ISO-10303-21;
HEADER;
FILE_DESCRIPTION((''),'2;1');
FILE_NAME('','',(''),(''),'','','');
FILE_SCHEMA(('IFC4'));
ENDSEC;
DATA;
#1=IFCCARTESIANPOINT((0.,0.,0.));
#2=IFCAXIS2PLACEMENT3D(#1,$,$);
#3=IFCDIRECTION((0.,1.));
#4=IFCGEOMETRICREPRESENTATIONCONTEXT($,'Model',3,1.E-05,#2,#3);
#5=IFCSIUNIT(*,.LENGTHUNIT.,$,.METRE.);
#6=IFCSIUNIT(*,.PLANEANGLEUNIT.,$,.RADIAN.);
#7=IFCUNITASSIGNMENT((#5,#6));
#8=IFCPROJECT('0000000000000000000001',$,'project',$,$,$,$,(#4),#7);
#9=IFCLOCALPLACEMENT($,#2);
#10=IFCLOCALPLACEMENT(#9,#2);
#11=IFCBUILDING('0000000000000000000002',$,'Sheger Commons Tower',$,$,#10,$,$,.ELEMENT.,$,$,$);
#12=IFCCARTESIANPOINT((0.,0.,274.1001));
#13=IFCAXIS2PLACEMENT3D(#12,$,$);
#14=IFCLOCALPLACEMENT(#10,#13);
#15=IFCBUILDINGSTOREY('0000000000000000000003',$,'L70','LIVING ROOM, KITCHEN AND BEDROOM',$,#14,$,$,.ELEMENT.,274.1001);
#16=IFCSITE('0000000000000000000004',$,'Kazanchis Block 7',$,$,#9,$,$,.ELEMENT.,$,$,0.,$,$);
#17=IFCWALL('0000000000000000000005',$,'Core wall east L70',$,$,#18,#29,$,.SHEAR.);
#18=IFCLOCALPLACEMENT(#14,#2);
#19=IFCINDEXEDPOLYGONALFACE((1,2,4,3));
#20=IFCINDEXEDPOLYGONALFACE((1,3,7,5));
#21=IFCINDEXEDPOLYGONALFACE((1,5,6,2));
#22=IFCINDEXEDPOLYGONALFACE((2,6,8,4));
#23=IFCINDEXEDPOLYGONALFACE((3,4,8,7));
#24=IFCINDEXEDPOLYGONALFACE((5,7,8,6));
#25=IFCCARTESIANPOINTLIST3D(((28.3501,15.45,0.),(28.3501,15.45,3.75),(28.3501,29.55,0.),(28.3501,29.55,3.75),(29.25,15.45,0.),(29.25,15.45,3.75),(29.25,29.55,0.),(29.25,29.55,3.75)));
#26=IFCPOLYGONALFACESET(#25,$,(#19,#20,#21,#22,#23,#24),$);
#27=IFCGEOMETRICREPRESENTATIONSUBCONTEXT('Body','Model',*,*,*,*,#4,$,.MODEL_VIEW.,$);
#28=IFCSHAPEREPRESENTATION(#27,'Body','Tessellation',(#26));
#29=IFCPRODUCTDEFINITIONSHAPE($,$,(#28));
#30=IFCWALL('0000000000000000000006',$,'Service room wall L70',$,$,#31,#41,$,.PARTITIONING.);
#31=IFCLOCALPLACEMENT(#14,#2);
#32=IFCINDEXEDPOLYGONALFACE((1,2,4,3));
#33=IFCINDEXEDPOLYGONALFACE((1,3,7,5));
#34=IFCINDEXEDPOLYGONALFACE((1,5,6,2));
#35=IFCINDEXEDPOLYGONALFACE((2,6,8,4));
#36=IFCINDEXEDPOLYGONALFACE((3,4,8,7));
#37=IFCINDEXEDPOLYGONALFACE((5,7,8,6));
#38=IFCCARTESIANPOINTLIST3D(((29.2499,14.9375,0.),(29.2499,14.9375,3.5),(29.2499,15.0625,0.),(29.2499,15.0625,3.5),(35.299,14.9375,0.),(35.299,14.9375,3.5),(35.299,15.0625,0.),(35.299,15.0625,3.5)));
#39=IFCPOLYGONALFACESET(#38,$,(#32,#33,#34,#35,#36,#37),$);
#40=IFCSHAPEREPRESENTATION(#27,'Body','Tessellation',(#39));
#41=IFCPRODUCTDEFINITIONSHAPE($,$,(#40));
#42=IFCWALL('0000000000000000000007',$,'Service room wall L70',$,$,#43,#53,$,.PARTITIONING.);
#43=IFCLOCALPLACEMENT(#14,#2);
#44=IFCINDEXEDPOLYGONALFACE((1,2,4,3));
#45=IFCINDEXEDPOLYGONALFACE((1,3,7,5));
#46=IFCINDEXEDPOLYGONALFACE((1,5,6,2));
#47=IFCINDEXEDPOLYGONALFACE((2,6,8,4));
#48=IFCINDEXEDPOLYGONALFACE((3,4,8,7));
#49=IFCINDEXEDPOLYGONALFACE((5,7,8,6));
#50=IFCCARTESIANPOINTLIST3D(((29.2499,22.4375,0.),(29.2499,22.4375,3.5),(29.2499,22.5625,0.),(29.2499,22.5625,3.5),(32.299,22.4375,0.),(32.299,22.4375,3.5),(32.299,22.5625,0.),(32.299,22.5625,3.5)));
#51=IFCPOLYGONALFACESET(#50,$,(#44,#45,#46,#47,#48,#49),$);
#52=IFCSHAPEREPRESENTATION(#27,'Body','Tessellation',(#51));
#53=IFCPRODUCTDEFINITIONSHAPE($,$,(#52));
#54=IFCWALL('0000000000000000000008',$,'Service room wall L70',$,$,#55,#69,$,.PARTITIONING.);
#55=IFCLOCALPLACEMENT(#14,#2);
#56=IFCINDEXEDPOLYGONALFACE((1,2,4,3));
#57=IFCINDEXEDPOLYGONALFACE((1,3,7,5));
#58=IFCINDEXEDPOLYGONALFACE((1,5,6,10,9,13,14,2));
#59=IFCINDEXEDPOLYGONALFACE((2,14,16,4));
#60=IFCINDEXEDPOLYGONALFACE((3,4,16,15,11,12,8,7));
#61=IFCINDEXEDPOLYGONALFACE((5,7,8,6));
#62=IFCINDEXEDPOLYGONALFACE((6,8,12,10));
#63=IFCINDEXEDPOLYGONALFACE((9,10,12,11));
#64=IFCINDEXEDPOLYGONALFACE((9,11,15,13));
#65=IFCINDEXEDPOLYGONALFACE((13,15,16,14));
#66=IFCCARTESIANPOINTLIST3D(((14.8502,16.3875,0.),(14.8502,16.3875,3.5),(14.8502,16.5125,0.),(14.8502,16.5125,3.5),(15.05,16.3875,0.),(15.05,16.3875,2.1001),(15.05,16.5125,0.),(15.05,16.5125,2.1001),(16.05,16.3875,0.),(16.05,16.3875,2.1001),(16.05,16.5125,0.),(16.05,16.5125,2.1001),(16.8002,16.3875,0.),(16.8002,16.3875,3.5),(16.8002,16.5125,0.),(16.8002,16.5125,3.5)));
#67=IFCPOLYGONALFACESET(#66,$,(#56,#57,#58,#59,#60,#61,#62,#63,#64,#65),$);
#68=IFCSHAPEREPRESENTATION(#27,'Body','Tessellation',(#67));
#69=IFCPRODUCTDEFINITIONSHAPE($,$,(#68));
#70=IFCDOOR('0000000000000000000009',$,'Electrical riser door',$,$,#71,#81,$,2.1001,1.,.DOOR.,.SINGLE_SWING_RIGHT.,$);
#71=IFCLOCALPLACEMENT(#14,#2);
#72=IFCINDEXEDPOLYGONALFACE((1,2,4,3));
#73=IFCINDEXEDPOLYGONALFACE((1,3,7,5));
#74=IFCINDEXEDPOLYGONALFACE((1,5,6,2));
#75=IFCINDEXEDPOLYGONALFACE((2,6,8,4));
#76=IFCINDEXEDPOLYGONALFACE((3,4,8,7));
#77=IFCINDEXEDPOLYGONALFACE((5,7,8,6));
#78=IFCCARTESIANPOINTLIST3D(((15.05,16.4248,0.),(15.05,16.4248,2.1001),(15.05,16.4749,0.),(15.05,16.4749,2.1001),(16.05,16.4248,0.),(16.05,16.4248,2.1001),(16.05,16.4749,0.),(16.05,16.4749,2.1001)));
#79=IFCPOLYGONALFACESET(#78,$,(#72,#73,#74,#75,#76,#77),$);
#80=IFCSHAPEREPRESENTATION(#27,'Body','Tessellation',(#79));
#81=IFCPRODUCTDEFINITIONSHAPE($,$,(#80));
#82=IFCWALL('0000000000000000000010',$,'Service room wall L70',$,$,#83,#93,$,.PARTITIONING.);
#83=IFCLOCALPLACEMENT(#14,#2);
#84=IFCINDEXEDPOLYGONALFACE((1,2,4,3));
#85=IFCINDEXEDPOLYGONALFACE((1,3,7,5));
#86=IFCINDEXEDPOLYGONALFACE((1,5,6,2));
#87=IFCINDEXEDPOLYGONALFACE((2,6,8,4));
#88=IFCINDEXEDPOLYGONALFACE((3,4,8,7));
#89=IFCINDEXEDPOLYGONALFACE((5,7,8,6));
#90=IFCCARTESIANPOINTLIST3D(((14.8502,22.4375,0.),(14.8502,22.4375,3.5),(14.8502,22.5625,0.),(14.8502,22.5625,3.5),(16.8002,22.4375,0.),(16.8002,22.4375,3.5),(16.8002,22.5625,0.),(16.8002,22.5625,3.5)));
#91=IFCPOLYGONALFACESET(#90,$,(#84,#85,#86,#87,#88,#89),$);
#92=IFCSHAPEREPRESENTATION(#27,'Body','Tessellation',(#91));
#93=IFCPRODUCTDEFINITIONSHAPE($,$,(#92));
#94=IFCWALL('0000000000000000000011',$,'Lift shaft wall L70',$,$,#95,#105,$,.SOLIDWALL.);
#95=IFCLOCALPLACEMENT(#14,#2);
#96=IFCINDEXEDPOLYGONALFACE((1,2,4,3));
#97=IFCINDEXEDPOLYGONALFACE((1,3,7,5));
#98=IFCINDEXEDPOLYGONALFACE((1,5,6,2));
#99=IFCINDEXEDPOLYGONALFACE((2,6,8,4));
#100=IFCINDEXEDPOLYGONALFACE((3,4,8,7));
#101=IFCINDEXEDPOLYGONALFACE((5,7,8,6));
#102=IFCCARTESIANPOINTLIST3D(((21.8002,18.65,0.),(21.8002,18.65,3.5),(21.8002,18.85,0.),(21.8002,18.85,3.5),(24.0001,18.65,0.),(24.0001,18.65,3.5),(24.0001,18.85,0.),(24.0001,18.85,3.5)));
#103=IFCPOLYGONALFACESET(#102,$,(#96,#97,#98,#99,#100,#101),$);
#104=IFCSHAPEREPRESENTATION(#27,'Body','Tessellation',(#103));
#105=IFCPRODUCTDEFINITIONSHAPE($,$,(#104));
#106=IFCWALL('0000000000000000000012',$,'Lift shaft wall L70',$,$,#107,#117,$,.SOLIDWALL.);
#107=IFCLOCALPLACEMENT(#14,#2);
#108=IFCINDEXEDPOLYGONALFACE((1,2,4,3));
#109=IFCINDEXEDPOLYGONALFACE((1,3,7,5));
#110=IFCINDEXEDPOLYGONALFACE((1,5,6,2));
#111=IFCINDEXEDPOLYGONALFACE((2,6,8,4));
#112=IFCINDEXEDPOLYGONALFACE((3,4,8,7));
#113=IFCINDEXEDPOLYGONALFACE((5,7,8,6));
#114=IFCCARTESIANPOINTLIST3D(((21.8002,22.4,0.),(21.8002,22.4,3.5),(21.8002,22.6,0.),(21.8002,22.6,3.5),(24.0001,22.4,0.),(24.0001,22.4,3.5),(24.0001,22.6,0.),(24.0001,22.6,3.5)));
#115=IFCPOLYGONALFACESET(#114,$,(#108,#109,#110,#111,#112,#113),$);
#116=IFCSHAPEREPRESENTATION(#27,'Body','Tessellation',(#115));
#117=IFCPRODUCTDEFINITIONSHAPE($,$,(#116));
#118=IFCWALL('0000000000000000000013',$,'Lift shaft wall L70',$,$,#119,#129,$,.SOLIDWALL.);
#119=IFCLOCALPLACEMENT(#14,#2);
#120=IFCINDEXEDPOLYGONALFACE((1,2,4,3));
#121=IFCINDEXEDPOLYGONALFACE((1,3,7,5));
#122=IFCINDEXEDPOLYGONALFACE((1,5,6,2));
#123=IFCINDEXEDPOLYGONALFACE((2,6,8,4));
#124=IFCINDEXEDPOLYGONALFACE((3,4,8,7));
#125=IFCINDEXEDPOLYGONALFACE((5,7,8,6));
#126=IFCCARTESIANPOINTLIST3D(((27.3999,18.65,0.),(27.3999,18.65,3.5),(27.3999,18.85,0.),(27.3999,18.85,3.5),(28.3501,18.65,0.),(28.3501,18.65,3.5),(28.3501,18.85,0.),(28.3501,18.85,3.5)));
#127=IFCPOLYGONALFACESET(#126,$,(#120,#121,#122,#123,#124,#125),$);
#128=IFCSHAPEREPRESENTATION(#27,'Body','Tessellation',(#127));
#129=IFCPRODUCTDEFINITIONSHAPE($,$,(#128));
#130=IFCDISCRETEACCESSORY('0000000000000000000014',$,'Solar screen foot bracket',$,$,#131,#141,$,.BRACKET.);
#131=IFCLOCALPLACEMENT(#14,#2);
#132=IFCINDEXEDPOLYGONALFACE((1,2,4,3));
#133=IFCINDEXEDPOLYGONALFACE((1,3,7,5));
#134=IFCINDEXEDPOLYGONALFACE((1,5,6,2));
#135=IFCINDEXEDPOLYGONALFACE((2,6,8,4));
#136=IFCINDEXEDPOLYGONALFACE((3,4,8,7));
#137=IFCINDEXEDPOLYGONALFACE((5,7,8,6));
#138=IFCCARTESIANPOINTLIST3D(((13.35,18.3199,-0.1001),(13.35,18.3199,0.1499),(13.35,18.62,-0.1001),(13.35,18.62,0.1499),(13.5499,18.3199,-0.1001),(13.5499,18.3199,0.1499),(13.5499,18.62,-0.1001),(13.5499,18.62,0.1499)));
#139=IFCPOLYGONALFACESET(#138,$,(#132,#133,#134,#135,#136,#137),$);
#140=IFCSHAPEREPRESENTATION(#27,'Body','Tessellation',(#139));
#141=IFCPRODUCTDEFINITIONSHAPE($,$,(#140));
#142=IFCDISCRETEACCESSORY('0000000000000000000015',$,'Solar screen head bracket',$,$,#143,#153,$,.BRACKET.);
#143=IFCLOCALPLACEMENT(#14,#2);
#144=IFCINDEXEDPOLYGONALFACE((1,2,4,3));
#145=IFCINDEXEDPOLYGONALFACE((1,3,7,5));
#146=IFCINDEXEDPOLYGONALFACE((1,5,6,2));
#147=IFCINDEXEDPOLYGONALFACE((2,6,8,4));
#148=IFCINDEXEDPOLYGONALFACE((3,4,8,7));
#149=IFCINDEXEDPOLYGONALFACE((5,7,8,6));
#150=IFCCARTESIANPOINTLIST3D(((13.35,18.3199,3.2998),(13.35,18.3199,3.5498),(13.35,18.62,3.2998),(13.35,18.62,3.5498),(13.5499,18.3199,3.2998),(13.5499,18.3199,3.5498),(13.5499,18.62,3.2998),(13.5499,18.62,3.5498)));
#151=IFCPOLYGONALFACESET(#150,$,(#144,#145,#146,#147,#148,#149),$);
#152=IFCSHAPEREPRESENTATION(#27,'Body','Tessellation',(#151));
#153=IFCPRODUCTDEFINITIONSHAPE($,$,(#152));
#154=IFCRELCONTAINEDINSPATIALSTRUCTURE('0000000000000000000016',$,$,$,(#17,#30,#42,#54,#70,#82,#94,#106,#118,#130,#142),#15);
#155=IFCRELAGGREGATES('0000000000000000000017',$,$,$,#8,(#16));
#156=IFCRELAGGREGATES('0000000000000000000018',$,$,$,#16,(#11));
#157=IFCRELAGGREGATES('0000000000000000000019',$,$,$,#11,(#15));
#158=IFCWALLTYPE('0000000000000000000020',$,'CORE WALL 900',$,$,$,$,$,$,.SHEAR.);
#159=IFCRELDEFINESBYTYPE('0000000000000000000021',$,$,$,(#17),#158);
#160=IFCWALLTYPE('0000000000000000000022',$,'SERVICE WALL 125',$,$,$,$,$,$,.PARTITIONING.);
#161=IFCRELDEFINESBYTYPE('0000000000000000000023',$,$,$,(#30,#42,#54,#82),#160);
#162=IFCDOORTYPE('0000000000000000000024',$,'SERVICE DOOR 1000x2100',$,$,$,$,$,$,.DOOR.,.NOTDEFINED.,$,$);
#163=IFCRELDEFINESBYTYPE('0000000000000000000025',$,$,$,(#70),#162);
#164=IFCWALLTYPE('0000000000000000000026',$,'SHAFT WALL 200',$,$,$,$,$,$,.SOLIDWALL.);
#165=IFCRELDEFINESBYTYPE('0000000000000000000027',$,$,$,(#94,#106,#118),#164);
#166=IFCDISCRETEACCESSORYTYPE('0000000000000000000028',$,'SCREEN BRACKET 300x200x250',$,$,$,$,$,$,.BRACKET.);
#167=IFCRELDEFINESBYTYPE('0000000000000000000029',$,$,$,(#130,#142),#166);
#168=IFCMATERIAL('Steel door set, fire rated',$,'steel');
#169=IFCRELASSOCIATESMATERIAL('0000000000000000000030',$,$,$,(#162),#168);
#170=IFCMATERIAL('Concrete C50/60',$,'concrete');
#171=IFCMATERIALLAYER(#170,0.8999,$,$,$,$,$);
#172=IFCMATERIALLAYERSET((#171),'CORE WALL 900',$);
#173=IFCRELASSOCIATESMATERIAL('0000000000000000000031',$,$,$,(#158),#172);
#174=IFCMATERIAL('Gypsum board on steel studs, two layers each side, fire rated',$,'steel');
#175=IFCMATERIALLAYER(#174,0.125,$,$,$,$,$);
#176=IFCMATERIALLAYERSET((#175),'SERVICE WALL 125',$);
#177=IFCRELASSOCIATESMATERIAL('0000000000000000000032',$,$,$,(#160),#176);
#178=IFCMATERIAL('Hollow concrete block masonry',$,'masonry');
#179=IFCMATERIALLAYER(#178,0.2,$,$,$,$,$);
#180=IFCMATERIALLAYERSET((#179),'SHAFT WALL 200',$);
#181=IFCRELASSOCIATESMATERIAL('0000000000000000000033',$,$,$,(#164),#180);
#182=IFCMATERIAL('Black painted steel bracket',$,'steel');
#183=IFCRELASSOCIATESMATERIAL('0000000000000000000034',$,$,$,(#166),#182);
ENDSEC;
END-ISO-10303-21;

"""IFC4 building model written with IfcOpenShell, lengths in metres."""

from ifc_helpers import new_model, si_unit, direction, frame, frame_2d, origin, origin_2d, place, context, subcontext, project, spatial, rectangle, extrude, material, layer, layer_set, type_object, element, fill, save


model = new_model("IFC4")

# Units and contexts
model_context = context("Model", 3, precision=1e-05, world=origin(), true_north=direction((0.0, 1.0)))
body_context = subcontext(model_context, "Body", "Model", "MODEL_VIEW")
ifc_project = project(units=[si_unit("LENGTHUNIT", "METRE"), si_unit("PLANEANGLEUNIT", "RADIAN")], contexts=[model_context])

# Site, building, storey
site_placement = place(None, origin())
site = spatial("IfcSite", under=ifc_project, at=site_placement, Name="Kazanchis Block 7", CompositionType="ELEMENT", RefElevation=0.0)
building_placement = place(site_placement, origin())
building = spatial("IfcBuilding", under=site, at=building_placement, Name="Sheger Commons Tower", CompositionType="ELEMENT")
storey_placement = place(building_placement, frame((0.0, 0.0, 274.1001)))
storey = spatial("IfcBuildingStorey", under=building, at=storey_placement, Name="L70", Description="LIVING ROOM, KITCHEN AND BEDROOM", CompositionType="ELEMENT", Elevation=274.1001)

# Shared definitions
ifc_material_1 = material(Name="Steel door set, fire rated", Category="steel")
door_type_1 = type_object("IfcDoorType", Name="SERVICE DOOR 1000x2100", OperationType="NOTDEFINED", PredefinedType="DOOR", material=ifc_material_1)

# Walls
ifc_material_2 = material(Name="Concrete C50/60", Category="concrete")
ifc_layer_1 = layer(ifc_material_2, 0.8999)
ifc_layer_set_1 = layer_set([ifc_layer_1], Name="CORE WALL 900")
wall_type_1 = type_object("IfcWallType", Name="CORE WALL 900", PredefinedType="SHEAR", material=ifc_layer_set_1)
for number, where, z_axis, x_axis, name in (
    (1, (28.8, 15.45, 0.0), (0.0, 0.0, 1.0), (0.0, 1.0, 0.0), "Core wall east L70"),
):
    element("IfcWall", number, at=place(storey_placement, frame(where, z_axis=z_axis, x_axis=x_axis)), inside=storey, type_object=wall_type_1, Name=name, PredefinedType="SHEAR", context=body_context, shape_type="SweptSolid", body=[
        extrude(rectangle(XDim=14.1001, YDim=0.8999, at=frame_2d((7.05, 0.0))), origin(), (0.0, 0.0, 1.0), 3.75),
    ])
ifc_material_3 = material(Name="Gypsum board on steel studs, two layers each side, fire rated", Category="steel")
ifc_layer_2 = layer(ifc_material_3, 0.125)
ifc_layer_set_2 = layer_set([ifc_layer_2], Name="SERVICE WALL 125")
wall_type_2 = type_object("IfcWallType", Name="SERVICE WALL 125", PredefinedType="PARTITIONING", material=ifc_layer_set_2)
wall_1_placement = place(storey_placement, frame((29.25, 15.0, 0.0), z_axis=(0.0, 0.0, 1.0), x_axis=(1.0, 0.0, 0.0)))
element("IfcWall", 2, at=wall_1_placement, inside=storey, type_object=wall_type_2, Name="Service room wall L70", PredefinedType="PARTITIONING", context=body_context, shape_type="SweptSolid", body=[
    extrude(rectangle(XDim=6.0491, YDim=0.125, at=frame_2d((3.0244, 0.0))), origin(), (0.0, 0.0, 1.0), 3.5),
])
wall_2_placement = place(storey_placement, frame((29.25, 22.5, 0.0), z_axis=(0.0, 0.0, 1.0), x_axis=(1.0, 0.0, 0.0)))
element("IfcWall", 3, at=wall_2_placement, inside=storey, type_object=wall_type_2, Name="Service room wall L70", PredefinedType="PARTITIONING", context=body_context, shape_type="SweptSolid", body=[
    extrude(rectangle(XDim=3.0491, YDim=0.125, at=frame_2d((1.5244, 0.0))), origin(), (0.0, 0.0, 1.0), 3.5),
])

# Wall, opening, door
wall_3_placement = place(storey_placement, frame((14.8501, 16.45, 0.0), z_axis=(0.0, 0.0, 1.0), x_axis=(1.0, 0.0, 0.0)))
wall_3 = element("IfcWall", 4, at=wall_3_placement, inside=storey, type_object=wall_type_2, Name="Service room wall L70", PredefinedType="PARTITIONING", context=body_context, shape_type="SweptSolid", body=[
    extrude(rectangle(XDim=1.95, YDim=0.125, at=frame_2d((0.9751, 0.0))), origin(), (0.0, 0.0, 1.0), 3.5),
])
opening_1_placement = place(wall_3_placement, frame((0.2, 0.0, 0.0)))
opening_1 = element("IfcOpeningElement", 5, at=opening_1_placement, cuts=wall_3, PredefinedType="OPENING", context=body_context, shape_type="SweptSolid", body=[
    extrude(rectangle(XDim=1.0, YDim=2.1001, at=frame_2d((0.5, 1.05))), frame((0.0, 0.0725, 0.0), z_axis=(0.0, -1.0, 0.0), x_axis=(1.0, 0.0, 0.0)), (0.0, 0.0, 1.0), 0.145),
])
door_1_placement = place(opening_1_placement, origin())
door_1 = element("IfcDoor", 6, at=door_1_placement, inside=storey, type_object=door_type_1, Name="Electrical riser door", OperationType="SINGLE_SWING_RIGHT", OverallHeight=2.1001, OverallWidth=1.0, PredefinedType="DOOR", context=body_context, shape_type="SweptSolid", body=[
    extrude(rectangle(XDim=1.0, YDim=2.1001, at=frame_2d((0.5, 1.05))), frame((0.0, 0.0249, 0.0), z_axis=(0.0, -1.0, 0.0), x_axis=(1.0, 0.0, 0.0)), (0.0, 0.0, 1.0), 0.05),
])
fill(opening_1, door_1)

# Walls
wall_4_placement = place(storey_placement, frame((14.8501, 22.5, 0.0), z_axis=(0.0, 0.0, 1.0), x_axis=(1.0, 0.0, 0.0)))
element("IfcWall", 7, at=wall_4_placement, inside=storey, type_object=wall_type_2, Name="Service room wall L70", PredefinedType="PARTITIONING", context=body_context, shape_type="SweptSolid", body=[
    extrude(rectangle(XDim=1.95, YDim=0.125, at=frame_2d((0.9751, 0.0))), origin(), (0.0, 0.0, 1.0), 3.5),
])
ifc_material_4 = material(Name="Hollow concrete block masonry", Category="masonry")
ifc_layer_3 = layer(ifc_material_4, 0.2)
ifc_layer_set_3 = layer_set([ifc_layer_3], Name="SHAFT WALL 200")
wall_type_3 = type_object("IfcWallType", Name="SHAFT WALL 200", PredefinedType="SOLIDWALL", material=ifc_layer_set_3)
for number, where, z_axis, x_axis, name in (
    (8, (21.8, 18.75, 0.0), (0.0, 0.0, 1.0), (1.0, 0.0, 0.0), "Lift shaft wall L70"),
    (9, (21.8, 22.5, 0.0), (0.0, 0.0, 1.0), (1.0, 0.0, 0.0), "Lift shaft wall L70"),
):
    element("IfcWall", number, at=place(storey_placement, frame(where, z_axis=z_axis, x_axis=x_axis)), inside=storey, type_object=wall_type_3, Name=name, PredefinedType="SOLIDWALL", context=body_context, shape_type="SweptSolid", body=[
        extrude(rectangle(XDim=2.2, YDim=0.2, at=frame_2d((1.1001, 0.0))), origin(), (0.0, 0.0, 1.0), 3.5),
    ])
wall_5_placement = place(storey_placement, frame((27.3999, 18.75, 0.0), z_axis=(0.0, 0.0, 1.0), x_axis=(1.0, 0.0, 0.0)))
element("IfcWall", 10, at=wall_5_placement, inside=storey, type_object=wall_type_3, Name="Lift shaft wall L70", PredefinedType="SOLIDWALL", context=body_context, shape_type="SweptSolid", body=[
    extrude(rectangle(XDim=0.9502, YDim=0.2, at=frame_2d((0.4751, 0.0))), origin(), (0.0, 0.0, 1.0), 3.5),
])

# Discrete accessories
ifc_material_5 = material(Name="Black painted steel bracket", Category="steel")
discrete_accessory_type = type_object("IfcDiscreteAccessoryType", Name="SCREEN BRACKET 300x200x250", PredefinedType="BRACKET", material=ifc_material_5)
for number, where, z_axis, x_axis, name in (
    (11, (13.45, 18.47, -0.1001), (0.0, 0.0, 1.0), (0.0, -1.0, 0.0), "Solar screen foot bracket"),
    (12, (13.45, 18.47, 3.2998), (0.0, 0.0, 1.0), (0.0, -1.0, 0.0), "Solar screen head bracket"),
):
    element("IfcDiscreteAccessory", number, at=place(storey_placement, frame(where, z_axis=z_axis, x_axis=x_axis)), inside=storey, type_object=discrete_accessory_type, Name=name, PredefinedType="BRACKET", context=body_context, shape_type="SweptSolid", body=[
        extrude(rectangle(XDim=0.3, YDim=0.2, at=origin_2d()), origin(), (0.0, 0.0, 1.0), 0.25),
    ])

save(model, "model.ifc")
